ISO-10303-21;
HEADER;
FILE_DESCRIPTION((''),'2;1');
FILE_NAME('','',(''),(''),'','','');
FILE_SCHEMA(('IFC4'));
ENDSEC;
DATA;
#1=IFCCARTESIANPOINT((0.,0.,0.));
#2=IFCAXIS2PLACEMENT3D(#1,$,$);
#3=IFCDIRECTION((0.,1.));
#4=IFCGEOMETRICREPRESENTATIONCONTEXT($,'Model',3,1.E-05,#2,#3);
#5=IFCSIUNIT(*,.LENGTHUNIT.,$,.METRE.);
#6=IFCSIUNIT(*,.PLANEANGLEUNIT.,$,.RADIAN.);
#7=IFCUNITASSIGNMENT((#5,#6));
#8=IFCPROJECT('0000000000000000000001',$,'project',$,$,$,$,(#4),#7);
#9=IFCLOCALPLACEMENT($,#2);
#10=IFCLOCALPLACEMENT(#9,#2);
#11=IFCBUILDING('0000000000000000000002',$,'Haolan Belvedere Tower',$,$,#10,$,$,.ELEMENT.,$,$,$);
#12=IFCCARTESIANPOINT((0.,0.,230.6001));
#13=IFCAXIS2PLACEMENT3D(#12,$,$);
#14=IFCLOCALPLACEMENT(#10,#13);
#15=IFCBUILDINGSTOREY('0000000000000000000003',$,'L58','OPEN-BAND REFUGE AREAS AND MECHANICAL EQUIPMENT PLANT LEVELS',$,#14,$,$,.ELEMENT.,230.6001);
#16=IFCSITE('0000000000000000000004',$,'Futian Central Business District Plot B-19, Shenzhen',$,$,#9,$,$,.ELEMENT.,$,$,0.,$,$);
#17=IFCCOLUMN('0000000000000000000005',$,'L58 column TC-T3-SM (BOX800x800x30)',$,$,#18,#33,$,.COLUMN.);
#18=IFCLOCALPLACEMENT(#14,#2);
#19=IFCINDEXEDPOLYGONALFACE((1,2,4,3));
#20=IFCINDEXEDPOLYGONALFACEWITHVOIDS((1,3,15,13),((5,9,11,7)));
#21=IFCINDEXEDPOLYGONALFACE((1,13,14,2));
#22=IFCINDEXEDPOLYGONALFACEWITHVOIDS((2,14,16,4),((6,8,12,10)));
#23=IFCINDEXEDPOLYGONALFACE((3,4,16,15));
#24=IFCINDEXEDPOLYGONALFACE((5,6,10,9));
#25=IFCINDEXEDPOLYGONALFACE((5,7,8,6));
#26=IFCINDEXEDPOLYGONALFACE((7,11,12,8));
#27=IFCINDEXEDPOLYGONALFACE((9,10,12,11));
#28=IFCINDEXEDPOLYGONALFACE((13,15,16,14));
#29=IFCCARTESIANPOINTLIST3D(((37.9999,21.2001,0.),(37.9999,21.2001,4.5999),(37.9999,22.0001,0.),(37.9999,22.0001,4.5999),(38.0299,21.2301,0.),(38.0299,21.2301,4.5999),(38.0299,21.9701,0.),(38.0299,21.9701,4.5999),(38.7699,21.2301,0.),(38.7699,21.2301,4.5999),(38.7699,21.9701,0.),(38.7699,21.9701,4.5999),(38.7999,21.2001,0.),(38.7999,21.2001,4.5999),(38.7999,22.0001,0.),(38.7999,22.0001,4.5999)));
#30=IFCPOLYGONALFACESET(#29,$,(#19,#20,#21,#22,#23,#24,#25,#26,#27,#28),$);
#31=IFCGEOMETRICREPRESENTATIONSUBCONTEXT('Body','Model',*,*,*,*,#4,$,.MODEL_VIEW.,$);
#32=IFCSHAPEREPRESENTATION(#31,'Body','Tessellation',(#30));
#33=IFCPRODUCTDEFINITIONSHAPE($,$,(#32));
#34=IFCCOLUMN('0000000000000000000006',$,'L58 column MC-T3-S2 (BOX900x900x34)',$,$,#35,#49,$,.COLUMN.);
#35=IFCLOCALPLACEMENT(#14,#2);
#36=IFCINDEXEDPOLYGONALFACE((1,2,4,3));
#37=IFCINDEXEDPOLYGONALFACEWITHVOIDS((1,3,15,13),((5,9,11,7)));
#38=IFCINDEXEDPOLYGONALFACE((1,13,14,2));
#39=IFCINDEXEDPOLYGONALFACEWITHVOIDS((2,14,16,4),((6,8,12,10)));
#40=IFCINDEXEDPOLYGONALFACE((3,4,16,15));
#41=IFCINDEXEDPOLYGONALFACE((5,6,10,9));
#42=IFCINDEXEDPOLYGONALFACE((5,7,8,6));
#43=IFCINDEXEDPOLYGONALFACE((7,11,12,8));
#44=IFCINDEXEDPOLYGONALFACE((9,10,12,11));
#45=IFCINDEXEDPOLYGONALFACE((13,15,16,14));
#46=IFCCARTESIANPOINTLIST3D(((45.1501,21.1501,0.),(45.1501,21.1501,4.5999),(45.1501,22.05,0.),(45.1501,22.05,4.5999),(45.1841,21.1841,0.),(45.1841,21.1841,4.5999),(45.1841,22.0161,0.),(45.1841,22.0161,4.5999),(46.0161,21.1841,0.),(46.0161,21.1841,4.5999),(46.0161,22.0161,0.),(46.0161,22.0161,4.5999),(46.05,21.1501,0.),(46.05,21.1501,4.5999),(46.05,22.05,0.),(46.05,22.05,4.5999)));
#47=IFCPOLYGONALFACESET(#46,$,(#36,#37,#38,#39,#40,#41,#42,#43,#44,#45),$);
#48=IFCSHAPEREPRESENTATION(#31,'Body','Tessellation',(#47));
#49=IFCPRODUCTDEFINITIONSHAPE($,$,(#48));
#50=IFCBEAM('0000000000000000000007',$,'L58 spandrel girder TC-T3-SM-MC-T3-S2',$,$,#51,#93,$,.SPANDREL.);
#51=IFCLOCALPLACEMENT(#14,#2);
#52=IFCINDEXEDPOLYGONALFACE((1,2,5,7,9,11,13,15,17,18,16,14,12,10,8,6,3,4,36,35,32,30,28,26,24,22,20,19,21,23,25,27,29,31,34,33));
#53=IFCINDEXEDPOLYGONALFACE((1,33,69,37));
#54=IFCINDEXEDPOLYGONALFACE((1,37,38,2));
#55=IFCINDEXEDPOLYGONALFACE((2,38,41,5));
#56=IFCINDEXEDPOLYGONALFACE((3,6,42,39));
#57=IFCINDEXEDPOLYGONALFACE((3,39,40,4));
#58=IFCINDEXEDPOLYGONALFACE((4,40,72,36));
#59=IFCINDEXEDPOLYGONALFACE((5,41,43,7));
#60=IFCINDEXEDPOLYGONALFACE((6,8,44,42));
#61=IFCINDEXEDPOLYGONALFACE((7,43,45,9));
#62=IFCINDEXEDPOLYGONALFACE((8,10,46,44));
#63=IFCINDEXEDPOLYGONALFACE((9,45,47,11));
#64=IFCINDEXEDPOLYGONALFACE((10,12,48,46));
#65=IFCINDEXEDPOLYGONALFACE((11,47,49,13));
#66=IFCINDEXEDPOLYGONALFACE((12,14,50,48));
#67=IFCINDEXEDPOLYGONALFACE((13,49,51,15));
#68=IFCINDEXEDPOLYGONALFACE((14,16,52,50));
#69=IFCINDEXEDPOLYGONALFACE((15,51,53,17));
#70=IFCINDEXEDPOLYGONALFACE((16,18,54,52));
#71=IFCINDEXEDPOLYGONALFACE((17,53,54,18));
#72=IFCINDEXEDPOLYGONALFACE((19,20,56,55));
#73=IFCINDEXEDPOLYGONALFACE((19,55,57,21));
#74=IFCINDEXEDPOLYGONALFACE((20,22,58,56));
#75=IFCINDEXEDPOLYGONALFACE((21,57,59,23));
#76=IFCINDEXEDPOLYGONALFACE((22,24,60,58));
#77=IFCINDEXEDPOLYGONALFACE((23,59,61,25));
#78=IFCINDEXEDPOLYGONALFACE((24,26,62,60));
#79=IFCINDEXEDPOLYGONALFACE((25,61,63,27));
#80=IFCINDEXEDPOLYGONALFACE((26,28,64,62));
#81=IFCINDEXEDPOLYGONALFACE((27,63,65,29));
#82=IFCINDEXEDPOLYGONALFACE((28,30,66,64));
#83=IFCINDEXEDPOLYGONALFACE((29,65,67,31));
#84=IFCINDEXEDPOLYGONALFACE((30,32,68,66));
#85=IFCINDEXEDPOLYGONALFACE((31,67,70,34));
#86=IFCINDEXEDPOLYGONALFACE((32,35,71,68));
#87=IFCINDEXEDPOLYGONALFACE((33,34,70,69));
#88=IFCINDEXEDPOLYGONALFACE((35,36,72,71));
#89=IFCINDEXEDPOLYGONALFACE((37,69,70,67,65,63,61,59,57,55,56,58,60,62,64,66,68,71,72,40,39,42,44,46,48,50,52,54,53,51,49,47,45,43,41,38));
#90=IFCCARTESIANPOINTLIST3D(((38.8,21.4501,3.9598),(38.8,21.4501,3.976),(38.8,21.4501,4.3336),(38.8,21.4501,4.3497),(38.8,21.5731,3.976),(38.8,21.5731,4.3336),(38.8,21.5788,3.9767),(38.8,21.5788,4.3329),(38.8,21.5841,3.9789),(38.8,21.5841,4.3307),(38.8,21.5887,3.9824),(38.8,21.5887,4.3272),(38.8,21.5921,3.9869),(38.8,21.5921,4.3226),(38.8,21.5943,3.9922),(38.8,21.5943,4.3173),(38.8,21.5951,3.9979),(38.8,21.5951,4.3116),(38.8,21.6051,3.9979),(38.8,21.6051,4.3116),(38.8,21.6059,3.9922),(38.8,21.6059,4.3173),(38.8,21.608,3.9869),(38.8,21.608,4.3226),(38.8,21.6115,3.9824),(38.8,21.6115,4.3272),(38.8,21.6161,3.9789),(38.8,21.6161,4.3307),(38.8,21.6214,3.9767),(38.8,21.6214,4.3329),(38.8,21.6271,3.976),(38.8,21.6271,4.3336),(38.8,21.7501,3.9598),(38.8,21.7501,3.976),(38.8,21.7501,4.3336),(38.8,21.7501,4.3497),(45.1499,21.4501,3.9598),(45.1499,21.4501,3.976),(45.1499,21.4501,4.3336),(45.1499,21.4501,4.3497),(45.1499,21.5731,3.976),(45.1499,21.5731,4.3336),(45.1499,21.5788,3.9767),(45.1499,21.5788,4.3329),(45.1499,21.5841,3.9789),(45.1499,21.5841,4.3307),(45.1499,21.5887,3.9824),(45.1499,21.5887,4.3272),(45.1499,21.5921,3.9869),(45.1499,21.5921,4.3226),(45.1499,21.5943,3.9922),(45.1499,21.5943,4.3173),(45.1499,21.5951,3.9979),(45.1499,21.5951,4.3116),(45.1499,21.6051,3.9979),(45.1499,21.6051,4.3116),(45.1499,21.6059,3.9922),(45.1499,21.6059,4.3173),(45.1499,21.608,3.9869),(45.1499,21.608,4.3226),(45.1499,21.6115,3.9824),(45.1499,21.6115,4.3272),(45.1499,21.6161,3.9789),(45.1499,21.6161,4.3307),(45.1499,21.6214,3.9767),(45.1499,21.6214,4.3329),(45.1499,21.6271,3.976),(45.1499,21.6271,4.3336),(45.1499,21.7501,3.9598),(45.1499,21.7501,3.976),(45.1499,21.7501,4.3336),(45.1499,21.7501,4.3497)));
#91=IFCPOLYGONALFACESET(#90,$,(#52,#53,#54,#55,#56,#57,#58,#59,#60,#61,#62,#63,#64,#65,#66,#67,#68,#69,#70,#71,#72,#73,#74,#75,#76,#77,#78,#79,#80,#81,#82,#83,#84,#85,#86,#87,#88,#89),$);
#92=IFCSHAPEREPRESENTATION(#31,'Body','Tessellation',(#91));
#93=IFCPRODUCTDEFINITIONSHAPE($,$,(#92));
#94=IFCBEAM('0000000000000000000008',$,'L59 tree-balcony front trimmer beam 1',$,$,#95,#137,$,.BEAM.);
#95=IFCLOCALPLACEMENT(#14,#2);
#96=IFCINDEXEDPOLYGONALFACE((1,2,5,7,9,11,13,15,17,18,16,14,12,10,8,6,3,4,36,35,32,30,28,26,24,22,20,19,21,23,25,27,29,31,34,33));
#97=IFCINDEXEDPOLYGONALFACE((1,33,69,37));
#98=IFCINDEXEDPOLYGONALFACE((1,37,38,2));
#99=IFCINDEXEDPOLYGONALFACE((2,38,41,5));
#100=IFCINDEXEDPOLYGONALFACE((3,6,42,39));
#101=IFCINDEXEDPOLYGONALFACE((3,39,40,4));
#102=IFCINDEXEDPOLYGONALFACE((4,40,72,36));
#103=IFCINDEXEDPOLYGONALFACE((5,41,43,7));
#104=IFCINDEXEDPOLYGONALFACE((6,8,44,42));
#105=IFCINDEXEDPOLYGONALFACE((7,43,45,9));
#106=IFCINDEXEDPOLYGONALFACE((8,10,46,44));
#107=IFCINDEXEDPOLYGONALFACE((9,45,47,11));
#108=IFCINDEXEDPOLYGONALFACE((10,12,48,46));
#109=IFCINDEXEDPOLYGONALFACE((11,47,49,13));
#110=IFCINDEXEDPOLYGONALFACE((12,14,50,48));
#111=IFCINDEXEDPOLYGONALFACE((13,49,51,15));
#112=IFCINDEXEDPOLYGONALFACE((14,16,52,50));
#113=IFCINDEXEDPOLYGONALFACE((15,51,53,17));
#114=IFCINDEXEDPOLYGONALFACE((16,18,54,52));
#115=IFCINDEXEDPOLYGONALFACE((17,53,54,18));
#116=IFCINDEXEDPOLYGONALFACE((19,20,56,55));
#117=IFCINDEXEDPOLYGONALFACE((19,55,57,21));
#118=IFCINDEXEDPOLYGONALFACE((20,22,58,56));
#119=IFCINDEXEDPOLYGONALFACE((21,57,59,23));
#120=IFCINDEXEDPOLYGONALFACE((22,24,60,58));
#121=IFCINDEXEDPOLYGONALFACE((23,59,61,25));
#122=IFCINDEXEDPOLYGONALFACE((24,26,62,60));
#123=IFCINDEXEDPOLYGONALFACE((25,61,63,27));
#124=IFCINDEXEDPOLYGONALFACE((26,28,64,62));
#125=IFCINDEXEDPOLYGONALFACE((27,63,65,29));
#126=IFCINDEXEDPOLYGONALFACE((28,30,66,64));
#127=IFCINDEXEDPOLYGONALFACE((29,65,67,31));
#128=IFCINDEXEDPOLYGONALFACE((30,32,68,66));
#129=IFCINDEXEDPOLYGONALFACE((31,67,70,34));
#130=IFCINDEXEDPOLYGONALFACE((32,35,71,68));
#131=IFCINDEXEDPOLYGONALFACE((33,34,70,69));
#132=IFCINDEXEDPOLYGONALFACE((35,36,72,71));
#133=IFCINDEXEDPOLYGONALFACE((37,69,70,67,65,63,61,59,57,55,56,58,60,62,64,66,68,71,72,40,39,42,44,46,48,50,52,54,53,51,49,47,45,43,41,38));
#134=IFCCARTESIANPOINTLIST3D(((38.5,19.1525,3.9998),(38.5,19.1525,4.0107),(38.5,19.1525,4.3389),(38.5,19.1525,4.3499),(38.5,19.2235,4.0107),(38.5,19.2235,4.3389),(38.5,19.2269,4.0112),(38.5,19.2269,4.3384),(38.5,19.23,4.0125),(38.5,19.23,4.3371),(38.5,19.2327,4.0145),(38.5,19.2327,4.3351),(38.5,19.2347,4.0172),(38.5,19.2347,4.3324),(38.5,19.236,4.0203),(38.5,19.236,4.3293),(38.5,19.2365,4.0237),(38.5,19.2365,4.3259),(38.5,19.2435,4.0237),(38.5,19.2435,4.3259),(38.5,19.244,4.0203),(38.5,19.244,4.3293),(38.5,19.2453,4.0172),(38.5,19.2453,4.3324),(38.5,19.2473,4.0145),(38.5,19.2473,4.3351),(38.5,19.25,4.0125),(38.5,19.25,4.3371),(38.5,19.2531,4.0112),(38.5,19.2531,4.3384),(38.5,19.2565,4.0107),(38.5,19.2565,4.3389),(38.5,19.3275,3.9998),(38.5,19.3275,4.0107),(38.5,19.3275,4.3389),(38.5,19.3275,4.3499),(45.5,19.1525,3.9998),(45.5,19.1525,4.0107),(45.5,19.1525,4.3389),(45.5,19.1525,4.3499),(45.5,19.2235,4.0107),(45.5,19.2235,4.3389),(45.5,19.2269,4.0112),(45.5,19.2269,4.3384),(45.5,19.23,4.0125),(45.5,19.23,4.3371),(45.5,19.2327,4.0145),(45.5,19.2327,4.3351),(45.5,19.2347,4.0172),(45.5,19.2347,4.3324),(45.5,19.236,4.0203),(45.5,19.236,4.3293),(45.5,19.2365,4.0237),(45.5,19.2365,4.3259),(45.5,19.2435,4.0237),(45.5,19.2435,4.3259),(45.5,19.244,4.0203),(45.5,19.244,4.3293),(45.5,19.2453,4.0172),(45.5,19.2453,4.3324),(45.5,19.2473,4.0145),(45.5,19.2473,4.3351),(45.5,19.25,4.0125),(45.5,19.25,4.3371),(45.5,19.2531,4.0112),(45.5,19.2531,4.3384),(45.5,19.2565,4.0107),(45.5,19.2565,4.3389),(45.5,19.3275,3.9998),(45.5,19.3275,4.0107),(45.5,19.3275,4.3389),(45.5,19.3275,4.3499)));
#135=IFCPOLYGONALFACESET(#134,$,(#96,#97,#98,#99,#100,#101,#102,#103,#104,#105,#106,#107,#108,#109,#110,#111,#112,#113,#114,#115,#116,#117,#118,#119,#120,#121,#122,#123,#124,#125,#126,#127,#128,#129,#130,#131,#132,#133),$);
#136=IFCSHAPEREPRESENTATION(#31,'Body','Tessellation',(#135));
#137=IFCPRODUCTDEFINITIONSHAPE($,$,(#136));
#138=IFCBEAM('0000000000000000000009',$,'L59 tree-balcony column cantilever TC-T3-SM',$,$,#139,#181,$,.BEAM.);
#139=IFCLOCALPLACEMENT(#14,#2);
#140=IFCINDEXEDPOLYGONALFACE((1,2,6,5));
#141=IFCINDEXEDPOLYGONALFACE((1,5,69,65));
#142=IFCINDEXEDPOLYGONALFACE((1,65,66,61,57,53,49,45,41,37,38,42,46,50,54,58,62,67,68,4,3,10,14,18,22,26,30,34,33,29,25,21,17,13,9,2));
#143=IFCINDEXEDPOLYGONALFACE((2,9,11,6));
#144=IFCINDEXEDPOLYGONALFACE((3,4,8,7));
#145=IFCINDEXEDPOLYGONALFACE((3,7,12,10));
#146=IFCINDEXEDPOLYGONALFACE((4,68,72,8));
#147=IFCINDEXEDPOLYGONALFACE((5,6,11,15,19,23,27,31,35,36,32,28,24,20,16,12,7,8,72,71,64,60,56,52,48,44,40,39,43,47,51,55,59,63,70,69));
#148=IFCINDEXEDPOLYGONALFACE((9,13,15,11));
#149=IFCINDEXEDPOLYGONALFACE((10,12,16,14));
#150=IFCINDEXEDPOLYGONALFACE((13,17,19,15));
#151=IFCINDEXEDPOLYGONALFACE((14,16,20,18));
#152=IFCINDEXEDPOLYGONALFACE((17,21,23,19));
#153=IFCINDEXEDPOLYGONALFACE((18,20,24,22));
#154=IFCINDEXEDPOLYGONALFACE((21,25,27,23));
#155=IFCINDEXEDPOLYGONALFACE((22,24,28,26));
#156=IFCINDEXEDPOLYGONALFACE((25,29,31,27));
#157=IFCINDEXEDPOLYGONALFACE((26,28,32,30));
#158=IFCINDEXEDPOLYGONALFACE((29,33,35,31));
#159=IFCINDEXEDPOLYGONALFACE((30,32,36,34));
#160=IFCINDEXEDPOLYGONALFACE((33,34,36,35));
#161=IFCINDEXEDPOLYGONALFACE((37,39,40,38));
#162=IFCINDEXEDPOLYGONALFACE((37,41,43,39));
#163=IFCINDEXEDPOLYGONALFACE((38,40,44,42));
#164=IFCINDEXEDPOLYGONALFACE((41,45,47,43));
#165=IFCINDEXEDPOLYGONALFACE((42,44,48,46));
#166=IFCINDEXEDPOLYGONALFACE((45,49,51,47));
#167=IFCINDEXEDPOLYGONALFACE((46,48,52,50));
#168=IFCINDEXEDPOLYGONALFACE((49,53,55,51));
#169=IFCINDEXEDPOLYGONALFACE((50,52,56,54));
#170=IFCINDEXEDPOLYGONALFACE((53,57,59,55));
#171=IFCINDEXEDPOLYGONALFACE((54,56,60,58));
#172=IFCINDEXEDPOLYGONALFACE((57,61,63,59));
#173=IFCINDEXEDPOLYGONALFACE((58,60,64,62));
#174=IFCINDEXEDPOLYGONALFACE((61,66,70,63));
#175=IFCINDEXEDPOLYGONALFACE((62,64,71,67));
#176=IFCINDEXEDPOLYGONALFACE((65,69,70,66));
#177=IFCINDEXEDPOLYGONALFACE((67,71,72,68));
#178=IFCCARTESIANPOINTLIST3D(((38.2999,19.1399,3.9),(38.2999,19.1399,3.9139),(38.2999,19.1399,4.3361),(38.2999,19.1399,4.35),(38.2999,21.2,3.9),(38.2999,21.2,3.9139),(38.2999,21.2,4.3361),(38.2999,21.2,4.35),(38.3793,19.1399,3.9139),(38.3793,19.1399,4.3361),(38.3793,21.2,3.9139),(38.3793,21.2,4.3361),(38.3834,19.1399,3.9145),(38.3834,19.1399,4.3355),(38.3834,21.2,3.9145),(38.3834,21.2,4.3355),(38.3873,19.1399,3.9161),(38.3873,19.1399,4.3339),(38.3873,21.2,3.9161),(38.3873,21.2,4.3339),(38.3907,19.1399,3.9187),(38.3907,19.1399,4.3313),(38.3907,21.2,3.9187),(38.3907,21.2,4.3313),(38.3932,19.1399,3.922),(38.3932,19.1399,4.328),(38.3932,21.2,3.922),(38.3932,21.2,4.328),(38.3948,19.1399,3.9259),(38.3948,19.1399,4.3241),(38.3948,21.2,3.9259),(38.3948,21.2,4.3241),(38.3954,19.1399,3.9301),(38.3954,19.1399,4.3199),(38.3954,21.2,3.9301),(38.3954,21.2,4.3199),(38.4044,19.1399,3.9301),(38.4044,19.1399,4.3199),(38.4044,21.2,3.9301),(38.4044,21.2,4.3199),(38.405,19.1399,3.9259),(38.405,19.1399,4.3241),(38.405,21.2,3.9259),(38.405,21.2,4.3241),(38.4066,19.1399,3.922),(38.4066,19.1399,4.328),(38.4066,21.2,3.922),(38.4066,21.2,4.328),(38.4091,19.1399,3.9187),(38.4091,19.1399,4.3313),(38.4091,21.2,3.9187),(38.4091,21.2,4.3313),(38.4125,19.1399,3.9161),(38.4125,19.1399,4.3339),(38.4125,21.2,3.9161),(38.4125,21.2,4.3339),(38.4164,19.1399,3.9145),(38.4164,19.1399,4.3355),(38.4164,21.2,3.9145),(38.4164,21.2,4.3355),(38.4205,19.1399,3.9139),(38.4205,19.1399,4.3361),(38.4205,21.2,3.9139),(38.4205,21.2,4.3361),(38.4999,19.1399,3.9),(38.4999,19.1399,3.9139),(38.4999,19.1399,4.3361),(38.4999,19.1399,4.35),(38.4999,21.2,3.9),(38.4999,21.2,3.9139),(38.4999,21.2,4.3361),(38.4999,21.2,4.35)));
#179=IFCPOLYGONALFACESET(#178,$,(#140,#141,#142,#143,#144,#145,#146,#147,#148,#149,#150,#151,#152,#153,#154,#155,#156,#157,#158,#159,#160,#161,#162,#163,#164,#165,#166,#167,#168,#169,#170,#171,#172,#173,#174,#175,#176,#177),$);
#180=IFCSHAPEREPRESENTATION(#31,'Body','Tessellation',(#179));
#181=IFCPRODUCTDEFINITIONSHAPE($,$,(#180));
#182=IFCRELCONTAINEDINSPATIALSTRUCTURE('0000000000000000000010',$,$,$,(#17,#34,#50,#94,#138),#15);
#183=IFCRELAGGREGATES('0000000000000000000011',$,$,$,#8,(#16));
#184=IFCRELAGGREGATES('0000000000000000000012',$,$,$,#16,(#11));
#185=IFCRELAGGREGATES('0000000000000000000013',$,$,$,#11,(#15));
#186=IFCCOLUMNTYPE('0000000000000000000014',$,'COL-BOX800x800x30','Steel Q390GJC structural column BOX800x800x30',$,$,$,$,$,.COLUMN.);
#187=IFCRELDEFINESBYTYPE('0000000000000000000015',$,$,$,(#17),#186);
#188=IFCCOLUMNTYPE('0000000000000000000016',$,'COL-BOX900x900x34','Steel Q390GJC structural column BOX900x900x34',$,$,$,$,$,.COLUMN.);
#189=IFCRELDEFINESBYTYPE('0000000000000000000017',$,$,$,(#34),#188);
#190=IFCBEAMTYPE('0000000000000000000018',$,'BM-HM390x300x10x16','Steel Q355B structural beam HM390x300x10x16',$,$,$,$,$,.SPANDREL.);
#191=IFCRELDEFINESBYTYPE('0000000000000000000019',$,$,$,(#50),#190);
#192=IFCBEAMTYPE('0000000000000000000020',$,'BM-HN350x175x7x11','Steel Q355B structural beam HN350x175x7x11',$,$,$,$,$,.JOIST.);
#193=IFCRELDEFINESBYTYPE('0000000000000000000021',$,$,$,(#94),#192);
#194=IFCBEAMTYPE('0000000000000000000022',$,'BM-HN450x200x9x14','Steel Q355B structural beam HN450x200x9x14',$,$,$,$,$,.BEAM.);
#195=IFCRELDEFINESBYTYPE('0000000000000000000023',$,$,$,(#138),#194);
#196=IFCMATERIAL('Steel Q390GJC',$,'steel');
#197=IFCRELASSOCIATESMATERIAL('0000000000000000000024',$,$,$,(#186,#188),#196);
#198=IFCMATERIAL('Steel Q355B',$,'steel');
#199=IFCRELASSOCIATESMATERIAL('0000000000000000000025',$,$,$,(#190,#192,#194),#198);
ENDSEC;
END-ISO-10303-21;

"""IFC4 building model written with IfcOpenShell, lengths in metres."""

from ifc_helpers import new_model, si_unit, direction, frame, origin, origin_2d, place, context, subcontext, project, spatial, hollow_rectangle, i_section, extrude, material, material_profile, profile_set, type_object, element, save


model = new_model("IFC4")

# Units and contexts
model_context = context("Model", 3, precision=1e-05, world=origin(), true_north=direction((0.0, 1.0)))
body_context = subcontext(model_context, "Body", "Model", "MODEL_VIEW")
ifc_project = project(units=[si_unit("LENGTHUNIT", "METRE"), si_unit("PLANEANGLEUNIT", "RADIAN")], contexts=[model_context])

# Site, building, storey
site_placement = place(None, origin())
site = spatial("IfcSite", under=ifc_project, at=site_placement, Name="Futian Central Business District Plot B-19, Shenzhen", CompositionType="ELEMENT", RefElevation=0.0)
building_placement = place(site_placement, origin())
building = spatial("IfcBuilding", under=site, at=building_placement, Name="Haolan Belvedere Tower", CompositionType="ELEMENT")
storey_placement = place(building_placement, frame((0.0, 0.0, 230.6001)))
storey = spatial("IfcBuildingStorey", under=building, at=storey_placement, Name="L58", Description="OPEN-BAND REFUGE AREAS AND MECHANICAL EQUIPMENT PLANT LEVELS", CompositionType="ELEMENT", Elevation=230.6001)

# Columns
ifc_material_1 = material(Name="Steel Q390GJC", Category="steel")
ifc_material_profile_1 = material_profile(ifc_material_1, hollow_rectangle(XDim=0.8, YDim=0.8, WallThickness=0.03, at=origin_2d()), Name="Steel Q390GJC")
ifc_profile_set_1 = profile_set([ifc_material_profile_1], Name="Steel Q390GJC")
column_type_1 = type_object("IfcColumnType", Name="COL-BOX800x800x30", Description="Steel Q390GJC structural column BOX800x800x30", PredefinedType="COLUMN", material=ifc_profile_set_1)
column_1_placement = place(storey_placement, frame((38.3999, 21.6001, 0.0), z_axis=(0.0, 0.0, 1.0), x_axis=(1.0, 0.0, 0.0)))
element("IfcColumn", 1, at=column_1_placement, inside=storey, type_object=column_type_1, Name="L58 column TC-T3-SM (BOX800x800x30)", PredefinedType="COLUMN", context=body_context, shape_type="SweptSolid", body=[
    extrude(hollow_rectangle(XDim=0.8, YDim=0.8, WallThickness=0.03, at=origin_2d()), origin(), (0.0, 0.0, 1.0), 4.5999),
])
ifc_material_profile_2 = material_profile(ifc_material_1, hollow_rectangle(XDim=0.8999, YDim=0.8999, WallThickness=0.0339, at=origin_2d()), Name="Steel Q390GJC")
ifc_profile_set_2 = profile_set([ifc_material_profile_2], Name="Steel Q390GJC")
column_type_2 = type_object("IfcColumnType", Name="COL-BOX900x900x34", Description="Steel Q390GJC structural column BOX900x900x34", PredefinedType="COLUMN", material=ifc_profile_set_2)
column_2_placement = place(storey_placement, frame((45.6001, 21.6001, 0.0), z_axis=(0.0, 0.0, 1.0), x_axis=(1.0, 0.0, 0.0)))
element("IfcColumn", 2, at=column_2_placement, inside=storey, type_object=column_type_2, Name="L58 column MC-T3-S2 (BOX900x900x34)", PredefinedType="COLUMN", context=body_context, shape_type="SweptSolid", body=[
    extrude(hollow_rectangle(XDim=0.8999, YDim=0.8999, WallThickness=0.0339, at=origin_2d()), origin(), (0.0, 0.0, 1.0), 4.5999),
])

# Beams
ifc_material_2 = material(Name="Steel Q355B", Category="steel")
ifc_material_profile_3 = material_profile(ifc_material_2, i_section(OverallWidth=0.3, OverallDepth=0.3899, WebThickness=0.01, FlangeThickness=0.0161, FilletRadius=0.022, at=origin_2d()), Name="Steel Q355B")
ifc_profile_set_3 = profile_set([ifc_material_profile_3], Name="Steel Q355B")
beam_type_1 = type_object("IfcBeamType", Name="BM-HM390x300x10x16", Description="Steel Q355B structural beam HM390x300x10x16", PredefinedType="SPANDREL", material=ifc_profile_set_3)
beam_1_placement = place(storey_placement, frame((38.8, 21.6001, 4.1548), z_axis=(1.0, 0.0, 0.0), x_axis=(0.0, 1.0, 0.0)))
element("IfcBeam", 3, at=beam_1_placement, inside=storey, type_object=beam_type_1, Name="L58 spandrel girder TC-T3-SM-MC-T3-S2", PredefinedType="SPANDREL", context=body_context, shape_type="SweptSolid", body=[
    extrude(i_section(OverallWidth=0.3, OverallDepth=0.3899, WebThickness=0.01, FlangeThickness=0.0161, FilletRadius=0.022, at=origin_2d()), origin(), (0.0, 0.0, 1.0), 6.3499),
])
ifc_material_profile_4 = material_profile(ifc_material_2, i_section(OverallWidth=0.175, OverallDepth=0.3501, WebThickness=0.0071, FlangeThickness=0.011, FilletRadius=0.0129, at=origin_2d()), Name="Steel Q355B")
ifc_profile_set_4 = profile_set([ifc_material_profile_4], Name="Steel Q355B")
beam_type_2 = type_object("IfcBeamType", Name="BM-HN350x175x7x11", Description="Steel Q355B structural beam HN350x175x7x11", PredefinedType="JOIST", material=ifc_profile_set_4)
beam_2_placement = place(storey_placement, frame((38.5, 19.24, 4.1748), z_axis=(1.0, 0.0, 0.0), x_axis=(0.0, 1.0, 0.0)))
element("IfcBeam", 4, at=beam_2_placement, inside=storey, type_object=beam_type_2, Name="L59 tree-balcony front trimmer beam 1", PredefinedType="BEAM", context=body_context, shape_type="SweptSolid", body=[
    extrude(i_section(OverallWidth=0.175, OverallDepth=0.3501, WebThickness=0.0071, FlangeThickness=0.011, FilletRadius=0.0129, at=origin_2d()), origin(), (0.0, 0.0, 1.0), 7.0),
])
ifc_material_profile_5 = material_profile(ifc_material_2, i_section(OverallWidth=0.2, OverallDepth=0.45, WebThickness=0.009, FlangeThickness=0.0139, FilletRadius=0.0161, at=origin_2d()), Name="Steel Q355B")
ifc_profile_set_5 = profile_set([ifc_material_profile_5], Name="Steel Q355B")
beam_type_3 = type_object("IfcBeamType", Name="BM-HN450x200x9x14", Description="Steel Q355B structural beam HN450x200x9x14", PredefinedType="BEAM", material=ifc_profile_set_5)
beam_3_placement = place(storey_placement, frame((38.3999, 21.2, 4.125), z_axis=(0.0, -1.0, 0.0), x_axis=(1.0, 0.0, 0.0)))
element("IfcBeam", 5, at=beam_3_placement, inside=storey, type_object=beam_type_3, Name="L59 tree-balcony column cantilever TC-T3-SM", PredefinedType="BEAM", context=body_context, shape_type="SweptSolid", body=[
    extrude(i_section(OverallWidth=0.2, OverallDepth=0.45, WebThickness=0.009, FlangeThickness=0.0139, FilletRadius=0.0161, at=origin_2d()), origin(), (0.0, 0.0, 1.0), 2.0601),
])

save(model, "model.ifc")
